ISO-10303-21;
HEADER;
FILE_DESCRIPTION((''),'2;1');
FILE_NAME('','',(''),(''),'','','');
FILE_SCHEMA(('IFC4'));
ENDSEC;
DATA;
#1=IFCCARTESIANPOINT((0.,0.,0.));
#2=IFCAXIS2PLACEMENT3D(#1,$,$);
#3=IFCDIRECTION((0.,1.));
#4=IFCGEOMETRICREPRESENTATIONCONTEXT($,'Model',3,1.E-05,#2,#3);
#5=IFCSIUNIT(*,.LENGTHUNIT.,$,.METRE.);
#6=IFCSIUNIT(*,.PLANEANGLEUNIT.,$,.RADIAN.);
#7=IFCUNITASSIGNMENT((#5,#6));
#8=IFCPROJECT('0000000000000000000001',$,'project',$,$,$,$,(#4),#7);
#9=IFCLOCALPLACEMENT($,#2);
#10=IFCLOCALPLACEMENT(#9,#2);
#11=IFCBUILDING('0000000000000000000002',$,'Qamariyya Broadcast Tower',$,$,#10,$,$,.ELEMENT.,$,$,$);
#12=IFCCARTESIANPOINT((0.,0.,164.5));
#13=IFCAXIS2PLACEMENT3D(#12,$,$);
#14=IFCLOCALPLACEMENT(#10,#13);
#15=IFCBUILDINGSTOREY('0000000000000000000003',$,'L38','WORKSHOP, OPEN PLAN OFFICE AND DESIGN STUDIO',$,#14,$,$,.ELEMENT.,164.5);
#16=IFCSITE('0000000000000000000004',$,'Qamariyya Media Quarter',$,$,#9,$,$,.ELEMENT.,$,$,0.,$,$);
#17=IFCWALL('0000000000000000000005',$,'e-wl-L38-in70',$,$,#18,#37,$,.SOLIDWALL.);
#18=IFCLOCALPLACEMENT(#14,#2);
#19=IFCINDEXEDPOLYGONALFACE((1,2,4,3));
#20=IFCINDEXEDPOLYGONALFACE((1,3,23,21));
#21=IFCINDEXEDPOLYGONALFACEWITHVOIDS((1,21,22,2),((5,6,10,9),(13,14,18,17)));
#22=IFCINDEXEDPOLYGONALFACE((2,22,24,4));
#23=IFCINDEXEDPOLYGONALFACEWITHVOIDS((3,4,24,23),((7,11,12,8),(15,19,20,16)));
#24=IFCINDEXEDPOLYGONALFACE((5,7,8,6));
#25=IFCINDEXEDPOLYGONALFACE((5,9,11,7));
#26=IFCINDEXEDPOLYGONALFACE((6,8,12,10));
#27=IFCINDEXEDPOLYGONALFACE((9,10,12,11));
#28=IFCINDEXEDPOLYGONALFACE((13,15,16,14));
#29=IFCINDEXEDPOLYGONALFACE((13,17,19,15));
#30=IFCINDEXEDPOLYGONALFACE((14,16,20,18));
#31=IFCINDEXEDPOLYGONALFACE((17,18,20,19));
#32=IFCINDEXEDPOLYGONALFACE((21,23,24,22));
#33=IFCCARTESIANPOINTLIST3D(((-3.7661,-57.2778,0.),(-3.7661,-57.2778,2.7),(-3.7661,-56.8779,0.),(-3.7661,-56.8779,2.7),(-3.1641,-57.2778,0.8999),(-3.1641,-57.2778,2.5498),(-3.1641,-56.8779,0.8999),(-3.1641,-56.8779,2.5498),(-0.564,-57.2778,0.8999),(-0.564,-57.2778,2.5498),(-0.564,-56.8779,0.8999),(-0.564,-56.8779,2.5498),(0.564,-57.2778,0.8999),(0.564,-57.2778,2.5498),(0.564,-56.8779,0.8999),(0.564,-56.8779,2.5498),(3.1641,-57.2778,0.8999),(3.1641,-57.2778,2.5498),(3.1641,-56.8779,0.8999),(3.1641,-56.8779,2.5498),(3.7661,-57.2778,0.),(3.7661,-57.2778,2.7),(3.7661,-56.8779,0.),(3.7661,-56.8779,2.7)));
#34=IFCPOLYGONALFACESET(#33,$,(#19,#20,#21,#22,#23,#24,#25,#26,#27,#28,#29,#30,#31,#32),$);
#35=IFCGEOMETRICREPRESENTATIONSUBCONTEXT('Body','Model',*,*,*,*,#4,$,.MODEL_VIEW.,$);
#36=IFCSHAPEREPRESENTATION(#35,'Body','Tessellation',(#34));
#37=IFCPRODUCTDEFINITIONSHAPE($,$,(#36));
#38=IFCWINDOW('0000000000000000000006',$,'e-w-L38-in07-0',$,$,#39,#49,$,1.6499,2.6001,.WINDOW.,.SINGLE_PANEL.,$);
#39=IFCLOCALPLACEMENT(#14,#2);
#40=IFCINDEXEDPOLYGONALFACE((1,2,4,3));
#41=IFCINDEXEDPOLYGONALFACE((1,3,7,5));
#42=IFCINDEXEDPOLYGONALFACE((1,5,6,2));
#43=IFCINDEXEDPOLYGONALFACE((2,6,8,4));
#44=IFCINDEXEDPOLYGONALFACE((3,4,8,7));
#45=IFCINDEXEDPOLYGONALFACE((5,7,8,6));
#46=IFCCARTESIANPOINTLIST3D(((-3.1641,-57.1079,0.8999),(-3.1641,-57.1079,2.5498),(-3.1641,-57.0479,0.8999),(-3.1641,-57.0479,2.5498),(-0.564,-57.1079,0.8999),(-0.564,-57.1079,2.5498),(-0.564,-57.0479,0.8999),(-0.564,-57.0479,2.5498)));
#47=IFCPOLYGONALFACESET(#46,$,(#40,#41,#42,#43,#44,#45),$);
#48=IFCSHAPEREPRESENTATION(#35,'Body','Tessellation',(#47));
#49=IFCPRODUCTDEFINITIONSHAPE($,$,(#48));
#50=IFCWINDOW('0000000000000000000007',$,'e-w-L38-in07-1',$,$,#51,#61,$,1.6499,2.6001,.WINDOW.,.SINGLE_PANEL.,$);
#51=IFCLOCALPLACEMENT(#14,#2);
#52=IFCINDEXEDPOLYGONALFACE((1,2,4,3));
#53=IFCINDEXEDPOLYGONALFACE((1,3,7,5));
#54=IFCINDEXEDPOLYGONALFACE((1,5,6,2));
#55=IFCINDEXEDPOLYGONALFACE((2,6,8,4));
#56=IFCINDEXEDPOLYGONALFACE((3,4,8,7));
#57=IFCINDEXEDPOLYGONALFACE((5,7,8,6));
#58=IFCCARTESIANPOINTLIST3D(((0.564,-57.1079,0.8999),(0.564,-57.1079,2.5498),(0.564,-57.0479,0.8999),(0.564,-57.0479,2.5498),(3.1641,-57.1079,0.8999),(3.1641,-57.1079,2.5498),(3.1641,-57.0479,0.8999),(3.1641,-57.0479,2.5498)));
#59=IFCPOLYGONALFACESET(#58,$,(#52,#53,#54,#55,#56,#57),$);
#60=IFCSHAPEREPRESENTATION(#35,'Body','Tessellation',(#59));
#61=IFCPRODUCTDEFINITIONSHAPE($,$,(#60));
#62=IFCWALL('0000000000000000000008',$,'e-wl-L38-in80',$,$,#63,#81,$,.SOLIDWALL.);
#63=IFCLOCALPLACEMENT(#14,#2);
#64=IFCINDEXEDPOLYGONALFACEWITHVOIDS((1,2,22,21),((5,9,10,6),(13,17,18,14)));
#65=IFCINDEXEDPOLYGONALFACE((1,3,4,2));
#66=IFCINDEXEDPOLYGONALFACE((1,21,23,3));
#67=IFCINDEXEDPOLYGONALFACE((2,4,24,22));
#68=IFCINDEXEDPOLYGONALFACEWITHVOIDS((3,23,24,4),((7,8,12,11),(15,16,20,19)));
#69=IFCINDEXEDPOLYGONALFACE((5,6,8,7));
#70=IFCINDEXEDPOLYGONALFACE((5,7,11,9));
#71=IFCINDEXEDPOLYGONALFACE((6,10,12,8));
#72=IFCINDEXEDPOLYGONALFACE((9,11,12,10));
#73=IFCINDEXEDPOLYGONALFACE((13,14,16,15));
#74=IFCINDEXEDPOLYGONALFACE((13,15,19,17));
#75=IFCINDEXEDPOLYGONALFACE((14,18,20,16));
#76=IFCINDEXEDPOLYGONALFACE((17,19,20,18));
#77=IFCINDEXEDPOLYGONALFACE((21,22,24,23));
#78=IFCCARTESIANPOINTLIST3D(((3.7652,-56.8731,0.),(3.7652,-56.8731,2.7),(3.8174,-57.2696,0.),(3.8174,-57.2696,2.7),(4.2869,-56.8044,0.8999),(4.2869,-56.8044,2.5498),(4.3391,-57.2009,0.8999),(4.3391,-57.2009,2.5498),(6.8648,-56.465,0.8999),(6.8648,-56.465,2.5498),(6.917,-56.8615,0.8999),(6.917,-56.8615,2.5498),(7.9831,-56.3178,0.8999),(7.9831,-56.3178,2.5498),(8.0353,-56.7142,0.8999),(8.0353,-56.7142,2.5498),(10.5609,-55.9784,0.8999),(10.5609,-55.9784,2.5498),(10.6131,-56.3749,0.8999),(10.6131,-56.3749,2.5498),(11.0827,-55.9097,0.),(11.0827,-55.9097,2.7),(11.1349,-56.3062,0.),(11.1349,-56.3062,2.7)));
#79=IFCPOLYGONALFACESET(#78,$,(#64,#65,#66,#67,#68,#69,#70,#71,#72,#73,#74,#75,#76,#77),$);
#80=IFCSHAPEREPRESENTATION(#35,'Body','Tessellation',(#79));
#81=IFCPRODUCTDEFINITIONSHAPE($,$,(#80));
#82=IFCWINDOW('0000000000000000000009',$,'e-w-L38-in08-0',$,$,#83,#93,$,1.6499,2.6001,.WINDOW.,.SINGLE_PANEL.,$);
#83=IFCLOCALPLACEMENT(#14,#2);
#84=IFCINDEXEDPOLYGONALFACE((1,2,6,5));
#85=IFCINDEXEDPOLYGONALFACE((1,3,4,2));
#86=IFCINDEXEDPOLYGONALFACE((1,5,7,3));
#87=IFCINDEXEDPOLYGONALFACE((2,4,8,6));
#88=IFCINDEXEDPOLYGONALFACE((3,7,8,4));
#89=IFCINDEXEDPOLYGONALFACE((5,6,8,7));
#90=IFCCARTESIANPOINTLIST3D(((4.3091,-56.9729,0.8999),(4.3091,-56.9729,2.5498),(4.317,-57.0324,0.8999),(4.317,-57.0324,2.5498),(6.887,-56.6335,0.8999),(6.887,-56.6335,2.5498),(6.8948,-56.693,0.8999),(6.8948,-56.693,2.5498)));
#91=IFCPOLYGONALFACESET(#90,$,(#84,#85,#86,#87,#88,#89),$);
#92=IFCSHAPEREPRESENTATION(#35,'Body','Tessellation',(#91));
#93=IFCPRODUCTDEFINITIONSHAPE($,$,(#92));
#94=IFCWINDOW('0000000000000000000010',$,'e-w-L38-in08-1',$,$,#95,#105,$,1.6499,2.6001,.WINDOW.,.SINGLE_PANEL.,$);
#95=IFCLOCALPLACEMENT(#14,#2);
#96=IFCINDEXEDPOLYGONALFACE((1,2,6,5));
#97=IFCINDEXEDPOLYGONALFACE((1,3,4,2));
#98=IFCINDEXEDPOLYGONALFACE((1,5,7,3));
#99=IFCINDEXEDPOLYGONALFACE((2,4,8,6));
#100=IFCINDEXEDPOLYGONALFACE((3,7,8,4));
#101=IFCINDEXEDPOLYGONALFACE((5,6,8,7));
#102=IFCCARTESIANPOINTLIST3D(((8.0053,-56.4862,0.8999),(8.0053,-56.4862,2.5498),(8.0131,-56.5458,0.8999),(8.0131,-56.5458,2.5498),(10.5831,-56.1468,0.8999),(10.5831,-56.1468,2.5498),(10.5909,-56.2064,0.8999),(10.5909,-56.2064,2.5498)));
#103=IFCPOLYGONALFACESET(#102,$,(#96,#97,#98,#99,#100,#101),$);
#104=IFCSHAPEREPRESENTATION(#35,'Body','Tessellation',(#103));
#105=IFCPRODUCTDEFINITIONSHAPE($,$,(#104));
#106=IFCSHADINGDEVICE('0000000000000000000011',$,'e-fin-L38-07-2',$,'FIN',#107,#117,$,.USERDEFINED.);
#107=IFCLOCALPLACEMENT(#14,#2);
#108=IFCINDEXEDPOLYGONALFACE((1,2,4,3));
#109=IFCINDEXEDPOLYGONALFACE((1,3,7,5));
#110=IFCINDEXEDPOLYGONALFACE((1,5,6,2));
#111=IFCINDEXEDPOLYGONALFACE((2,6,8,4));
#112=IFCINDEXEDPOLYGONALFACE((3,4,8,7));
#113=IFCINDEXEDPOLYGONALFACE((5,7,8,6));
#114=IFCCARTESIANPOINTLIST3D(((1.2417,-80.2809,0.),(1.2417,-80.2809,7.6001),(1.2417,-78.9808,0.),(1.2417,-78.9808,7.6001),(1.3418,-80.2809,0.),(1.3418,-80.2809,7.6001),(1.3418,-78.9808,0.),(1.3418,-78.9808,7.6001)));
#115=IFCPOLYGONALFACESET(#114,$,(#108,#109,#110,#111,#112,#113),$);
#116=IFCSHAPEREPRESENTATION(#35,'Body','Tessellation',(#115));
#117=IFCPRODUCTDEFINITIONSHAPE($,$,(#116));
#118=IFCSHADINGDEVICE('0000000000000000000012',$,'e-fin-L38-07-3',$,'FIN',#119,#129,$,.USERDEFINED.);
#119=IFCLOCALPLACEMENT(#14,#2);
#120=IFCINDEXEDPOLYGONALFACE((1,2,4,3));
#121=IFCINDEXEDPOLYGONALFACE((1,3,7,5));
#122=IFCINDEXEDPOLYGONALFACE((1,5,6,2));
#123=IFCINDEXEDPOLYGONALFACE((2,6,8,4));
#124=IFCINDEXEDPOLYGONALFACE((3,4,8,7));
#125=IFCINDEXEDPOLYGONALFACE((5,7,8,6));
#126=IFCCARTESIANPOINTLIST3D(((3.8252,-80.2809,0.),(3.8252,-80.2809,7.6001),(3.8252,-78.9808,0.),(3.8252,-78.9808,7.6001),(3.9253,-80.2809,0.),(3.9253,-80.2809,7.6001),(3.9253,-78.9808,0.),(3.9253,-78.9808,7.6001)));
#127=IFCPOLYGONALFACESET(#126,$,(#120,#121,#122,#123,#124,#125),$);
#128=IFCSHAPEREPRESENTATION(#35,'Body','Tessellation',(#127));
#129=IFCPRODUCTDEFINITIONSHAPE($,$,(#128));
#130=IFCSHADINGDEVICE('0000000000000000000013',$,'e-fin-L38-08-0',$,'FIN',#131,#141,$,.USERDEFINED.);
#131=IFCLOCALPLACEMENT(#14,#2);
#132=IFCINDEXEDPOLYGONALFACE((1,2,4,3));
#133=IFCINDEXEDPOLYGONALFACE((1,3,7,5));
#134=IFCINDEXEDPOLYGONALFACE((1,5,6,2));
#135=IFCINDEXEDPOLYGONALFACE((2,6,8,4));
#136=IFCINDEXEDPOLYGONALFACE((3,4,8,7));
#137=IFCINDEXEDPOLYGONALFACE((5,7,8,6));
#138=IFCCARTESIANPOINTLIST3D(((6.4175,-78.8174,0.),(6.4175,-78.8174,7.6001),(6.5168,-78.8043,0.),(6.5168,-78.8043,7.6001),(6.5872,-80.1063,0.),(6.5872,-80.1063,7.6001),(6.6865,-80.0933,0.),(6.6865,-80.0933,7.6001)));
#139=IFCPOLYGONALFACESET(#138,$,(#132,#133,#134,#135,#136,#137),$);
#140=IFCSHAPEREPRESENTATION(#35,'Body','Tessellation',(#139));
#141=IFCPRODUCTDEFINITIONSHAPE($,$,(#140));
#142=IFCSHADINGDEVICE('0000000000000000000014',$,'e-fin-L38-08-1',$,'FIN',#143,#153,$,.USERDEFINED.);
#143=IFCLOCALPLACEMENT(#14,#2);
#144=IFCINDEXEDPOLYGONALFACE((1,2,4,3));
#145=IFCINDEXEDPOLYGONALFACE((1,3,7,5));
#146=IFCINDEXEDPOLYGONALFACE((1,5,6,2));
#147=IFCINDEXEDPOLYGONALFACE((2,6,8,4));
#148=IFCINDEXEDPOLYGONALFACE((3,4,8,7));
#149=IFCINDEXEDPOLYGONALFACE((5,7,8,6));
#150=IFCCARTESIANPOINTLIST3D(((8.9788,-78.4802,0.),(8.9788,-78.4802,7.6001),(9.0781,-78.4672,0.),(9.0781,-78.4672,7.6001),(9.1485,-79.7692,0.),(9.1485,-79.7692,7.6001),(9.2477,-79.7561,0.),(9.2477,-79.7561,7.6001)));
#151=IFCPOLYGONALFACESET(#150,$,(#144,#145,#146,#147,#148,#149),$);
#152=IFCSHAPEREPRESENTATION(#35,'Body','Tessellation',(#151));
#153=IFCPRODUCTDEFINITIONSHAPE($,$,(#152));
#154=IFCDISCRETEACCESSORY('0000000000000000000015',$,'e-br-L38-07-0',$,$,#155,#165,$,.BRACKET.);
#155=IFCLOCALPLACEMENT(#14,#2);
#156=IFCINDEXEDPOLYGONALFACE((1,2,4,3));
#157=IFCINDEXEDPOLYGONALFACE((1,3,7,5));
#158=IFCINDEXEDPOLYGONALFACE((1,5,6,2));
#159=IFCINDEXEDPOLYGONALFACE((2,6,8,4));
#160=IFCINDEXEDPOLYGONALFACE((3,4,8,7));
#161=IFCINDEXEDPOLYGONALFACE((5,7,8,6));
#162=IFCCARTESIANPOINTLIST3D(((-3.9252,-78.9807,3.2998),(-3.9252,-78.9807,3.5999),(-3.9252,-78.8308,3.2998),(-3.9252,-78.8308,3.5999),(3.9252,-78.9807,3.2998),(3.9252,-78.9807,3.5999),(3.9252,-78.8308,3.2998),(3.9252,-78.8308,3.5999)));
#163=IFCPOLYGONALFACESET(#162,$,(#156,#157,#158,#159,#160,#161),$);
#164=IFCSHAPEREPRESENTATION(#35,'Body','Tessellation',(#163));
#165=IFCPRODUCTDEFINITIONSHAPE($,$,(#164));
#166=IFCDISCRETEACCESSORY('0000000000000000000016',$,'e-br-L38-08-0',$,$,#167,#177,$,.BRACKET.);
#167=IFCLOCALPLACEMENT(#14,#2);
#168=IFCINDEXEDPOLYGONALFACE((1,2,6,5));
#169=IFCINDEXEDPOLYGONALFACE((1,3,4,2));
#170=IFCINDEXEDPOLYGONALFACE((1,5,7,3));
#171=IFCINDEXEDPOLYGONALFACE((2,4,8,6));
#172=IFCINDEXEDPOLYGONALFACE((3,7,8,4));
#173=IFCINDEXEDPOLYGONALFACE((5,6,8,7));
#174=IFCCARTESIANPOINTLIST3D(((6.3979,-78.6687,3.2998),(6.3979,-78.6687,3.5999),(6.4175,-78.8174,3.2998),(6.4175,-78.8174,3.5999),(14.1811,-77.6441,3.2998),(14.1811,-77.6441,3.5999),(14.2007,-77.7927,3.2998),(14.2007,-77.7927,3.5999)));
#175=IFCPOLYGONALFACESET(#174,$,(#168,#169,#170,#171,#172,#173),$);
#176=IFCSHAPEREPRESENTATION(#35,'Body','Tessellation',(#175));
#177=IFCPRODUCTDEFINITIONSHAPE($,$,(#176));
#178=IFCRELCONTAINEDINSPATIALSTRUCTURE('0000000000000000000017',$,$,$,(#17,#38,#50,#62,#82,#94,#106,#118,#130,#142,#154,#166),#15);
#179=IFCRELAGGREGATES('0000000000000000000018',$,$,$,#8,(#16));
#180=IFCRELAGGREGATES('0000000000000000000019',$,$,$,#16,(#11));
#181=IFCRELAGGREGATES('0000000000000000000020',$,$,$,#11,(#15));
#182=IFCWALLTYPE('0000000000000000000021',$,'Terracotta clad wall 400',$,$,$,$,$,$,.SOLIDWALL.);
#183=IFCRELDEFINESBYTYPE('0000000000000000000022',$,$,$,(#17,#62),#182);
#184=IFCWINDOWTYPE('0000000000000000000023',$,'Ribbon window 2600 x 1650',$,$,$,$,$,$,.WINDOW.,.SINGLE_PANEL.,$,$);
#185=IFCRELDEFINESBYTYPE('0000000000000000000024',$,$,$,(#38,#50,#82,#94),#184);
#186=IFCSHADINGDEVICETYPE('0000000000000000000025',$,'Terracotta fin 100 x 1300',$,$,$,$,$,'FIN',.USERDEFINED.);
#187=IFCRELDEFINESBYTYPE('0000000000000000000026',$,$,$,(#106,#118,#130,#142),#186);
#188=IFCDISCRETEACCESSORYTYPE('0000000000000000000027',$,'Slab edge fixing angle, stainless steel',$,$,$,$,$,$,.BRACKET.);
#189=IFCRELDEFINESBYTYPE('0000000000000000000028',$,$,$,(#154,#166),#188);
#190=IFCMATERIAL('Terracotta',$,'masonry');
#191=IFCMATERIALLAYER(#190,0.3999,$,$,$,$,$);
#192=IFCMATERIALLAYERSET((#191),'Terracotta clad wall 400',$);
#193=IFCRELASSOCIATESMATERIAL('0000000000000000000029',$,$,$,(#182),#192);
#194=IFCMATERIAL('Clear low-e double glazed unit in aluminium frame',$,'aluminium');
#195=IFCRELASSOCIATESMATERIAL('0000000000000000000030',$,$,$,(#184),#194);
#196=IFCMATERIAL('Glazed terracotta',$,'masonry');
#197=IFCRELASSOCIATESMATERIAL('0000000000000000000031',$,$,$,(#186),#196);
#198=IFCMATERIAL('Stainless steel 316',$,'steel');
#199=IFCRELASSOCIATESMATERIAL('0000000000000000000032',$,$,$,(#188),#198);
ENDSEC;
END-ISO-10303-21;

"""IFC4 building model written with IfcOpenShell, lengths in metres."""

from ifc_helpers import new_model, si_unit, direction, frame, frame_2d, origin, origin_2d, place, context, subcontext, project, spatial, rectangle, extrude, material, layer, layer_set, material_profile, profile_set, type_object, element, fill, save


model = new_model("IFC4")

# Units and contexts
model_context = context("Model", 3, precision=1e-05, world=origin(), true_north=direction((0.0, 1.0)))
body_context = subcontext(model_context, "Body", "Model", "MODEL_VIEW")
ifc_project = project(units=[si_unit("LENGTHUNIT", "METRE"), si_unit("PLANEANGLEUNIT", "RADIAN")], contexts=[model_context])

# Site, building, storey
site_placement = place(None, origin())
site = spatial("IfcSite", under=ifc_project, at=site_placement, Name="Qamariyya Media Quarter", CompositionType="ELEMENT", RefElevation=0.0)
building_placement = place(site_placement, origin())
building = spatial("IfcBuilding", under=site, at=building_placement, Name="Qamariyya Broadcast Tower", CompositionType="ELEMENT")
storey_placement = place(building_placement, frame((0.0, 0.0, 164.5)))
storey = spatial("IfcBuildingStorey", under=building, at=storey_placement, Name="L38", Description="WORKSHOP, OPEN PLAN OFFICE AND DESIGN STUDIO", CompositionType="ELEMENT", Elevation=164.5)

# Walls, openings, windows
ifc_material_1 = material(Name="Terracotta", Category="masonry")
ifc_layer_1 = layer(ifc_material_1, 0.3999)
ifc_layer_set_1 = layer_set([ifc_layer_1], Name="Terracotta clad wall 400")
wall_type_1 = type_object("IfcWallType", Name="Terracotta clad wall 400", PredefinedType="SOLIDWALL", material=ifc_layer_set_1)
wall_1_placement = place(storey_placement, frame((3.7661, -57.0779, 0.0), z_axis=(0.0, 0.0, 1.0), x_axis=(-1.0, 0.0, 0.0)))
wall_1 = element("IfcWall", 1, at=wall_1_placement, inside=storey, type_object=wall_type_1, Name="e-wl-L38-in70", PredefinedType="SOLIDWALL", context=body_context, shape_type="SweptSolid", body=[
    extrude(rectangle(XDim=7.5322, YDim=0.3999, at=frame_2d((3.7661, 0.0))), origin(), (0.0, 0.0, 1.0), 2.7),
])
opening_1_placement = place(wall_1_placement, frame((4.3301, 0.0, 0.8999)))
opening_1 = element("IfcOpeningElement", 2, at=opening_1_placement, cuts=wall_1, PredefinedType="OPENING", context=body_context, shape_type="SweptSolid", body=[
    extrude(rectangle(XDim=2.6001, YDim=1.6499, at=frame_2d((1.3, 0.825))), frame((0.0, 0.21, 0.0), z_axis=(0.0, -1.0, 0.0), x_axis=(1.0, 0.0, 0.0)), (0.0, 0.0, 1.0), 0.4199),
])
opening_2_placement = place(wall_1_placement, frame((0.6021, 0.0, 0.8999)))
opening_2 = element("IfcOpeningElement", 3, at=opening_2_placement, cuts=wall_1, PredefinedType="OPENING", context=body_context, shape_type="SweptSolid", body=[
    extrude(rectangle(XDim=2.6001, YDim=1.6499, at=frame_2d((1.3, 0.825))), frame((0.0, 0.21, 0.0), z_axis=(0.0, -1.0, 0.0), x_axis=(1.0, 0.0, 0.0)), (0.0, 0.0, 1.0), 0.4199),
])
ifc_material_2 = material(Name="Clear low-e double glazed unit in aluminium frame", Category="aluminium")
window_type = type_object("IfcWindowType", Name="Ribbon window 2600 x 1650", PartitioningType="SINGLE_PANEL", PredefinedType="WINDOW", material=ifc_material_2)
window_1_placement = place(opening_1_placement, origin())
window_1 = element("IfcWindow", 4, at=window_1_placement, inside=storey, type_object=window_type, Name="e-w-L38-in07-0", OverallHeight=1.6499, OverallWidth=2.6001, PartitioningType="SINGLE_PANEL", PredefinedType="WINDOW", context=body_context, shape_type="SweptSolid", body=[
    extrude(rectangle(XDim=2.6001, YDim=1.6499, at=frame_2d((1.3, 0.825))), frame((0.0, 0.03, 0.0), z_axis=(0.0, -1.0, 0.0), x_axis=(1.0, 0.0, 0.0)), (0.0, 0.0, 1.0), 0.0601),
])
fill(opening_1, window_1)
window_2_placement = place(opening_2_placement, origin())
window_2 = element("IfcWindow", 5, at=window_2_placement, inside=storey, type_object=window_type, Name="e-w-L38-in07-1", OverallHeight=1.6499, OverallWidth=2.6001, PartitioningType="SINGLE_PANEL", PredefinedType="WINDOW", context=body_context, shape_type="SweptSolid", body=[
    extrude(rectangle(XDim=2.6001, YDim=1.6499, at=frame_2d((1.3, 0.825))), frame((0.0, 0.03, 0.0), z_axis=(0.0, -1.0, 0.0), x_axis=(1.0, 0.0, 0.0)), (0.0, 0.0, 1.0), 0.0601),
])
fill(opening_2, window_2)
wall_2_placement = place(storey_placement, frame((11.1089, -56.1079, 0.0), z_axis=(0.0, 0.0, 1.0), x_axis=(-0.991444, -0.13053, 0.0)))
wall_2 = element("IfcWall", 6, at=wall_2_placement, inside=storey, type_object=wall_type_1, Name="e-wl-L38-in80", PredefinedType="SOLIDWALL", context=body_context, shape_type="SweptSolid", body=[
    extrude(rectangle(XDim=7.3806, YDim=0.3999, at=frame_2d((3.6904, 0.0))), origin(), (0.0, 0.0, 1.0), 2.7),
])
opening_3_placement = place(wall_2_placement, frame((4.2544, 0.0, 0.8999)))
opening_3 = element("IfcOpeningElement", 7, at=opening_3_placement, cuts=wall_2, PredefinedType="OPENING", context=body_context, shape_type="SweptSolid", body=[
    extrude(rectangle(XDim=2.6001, YDim=1.6499, at=frame_2d((1.3, 0.825))), frame((0.0, 0.21, 0.0), z_axis=(0.0, -1.0, 0.0), x_axis=(1.0, 0.0, 0.0)), (0.0, 0.0, 1.0), 0.4199),
])
opening_4_placement = place(wall_2_placement, frame((0.5264, 0.0, 0.8999)))
opening_4 = element("IfcOpeningElement", 8, at=opening_4_placement, cuts=wall_2, PredefinedType="OPENING", context=body_context, shape_type="SweptSolid", body=[
    extrude(rectangle(XDim=2.6001, YDim=1.6499, at=frame_2d((1.3, 0.825))), frame((0.0, 0.21, 0.0), z_axis=(0.0, -1.0, 0.0), x_axis=(1.0, 0.0, 0.0)), (0.0, 0.0, 1.0), 0.4199),
])
window_3_placement = place(opening_3_placement, origin())
window_3 = element("IfcWindow", 9, at=window_3_placement, inside=storey, type_object=window_type, Name="e-w-L38-in08-0", OverallHeight=1.6499, OverallWidth=2.6001, PartitioningType="SINGLE_PANEL", PredefinedType="WINDOW", context=body_context, shape_type="SweptSolid", body=[
    extrude(rectangle(XDim=2.6001, YDim=1.6499, at=frame_2d((1.3, 0.825))), frame((0.0, 0.03, 0.0), z_axis=(0.0, -1.0, 0.0), x_axis=(1.0, 0.0, 0.0)), (0.0, 0.0, 1.0), 0.0601),
])
fill(opening_3, window_3)
window_4_placement = place(opening_4_placement, origin())
window_4 = element("IfcWindow", 10, at=window_4_placement, inside=storey, type_object=window_type, Name="e-w-L38-in08-1", OverallHeight=1.6499, OverallWidth=2.6001, PartitioningType="SINGLE_PANEL", PredefinedType="WINDOW", context=body_context, shape_type="SweptSolid", body=[
    extrude(rectangle(XDim=2.6001, YDim=1.6499, at=frame_2d((1.3, 0.825))), frame((0.0, 0.03, 0.0), z_axis=(0.0, -1.0, 0.0), x_axis=(1.0, 0.0, 0.0)), (0.0, 0.0, 1.0), 0.0601),
])
fill(opening_4, window_4)

# Shading devices
ifc_material_3 = material(Name="Glazed terracotta", Category="masonry")
ifc_material_profile_1 = material_profile(ifc_material_3, rectangle(XDim=1.3, YDim=0.1001, at=origin_2d()))
ifc_profile_set_1 = profile_set([ifc_material_profile_1], Name="Glazed terracotta")
shading_device_type_1 = type_object("IfcShadingDeviceType", Name="Terracotta fin 100 x 1300", ElementType="FIN", PredefinedType="USERDEFINED", material=ifc_profile_set_1)
for number, where, z_axis, x_axis, name in (
    (11, (1.2917, -79.6309, 0.0), (0.0, 0.0, 1.0), (0.0, -1.0, 0.0), "e-fin-L38-07-2"),
    (12, (3.8752, -79.6309, 0.0), (0.0, 0.0, 1.0), (0.0, -1.0, 0.0), "e-fin-L38-07-3"),
    (13, (6.552, -79.4553, 0.0), (0.0, 0.0, 1.0), (0.130526, -0.991445, 0.0), "e-fin-L38-08-0"),
    (14, (9.1133, -79.1182, 0.0), (0.0, 0.0, 1.0), (0.130526, -0.991445, 0.0), "e-fin-L38-08-1"),
):
    element("IfcShadingDevice", number, at=place(storey_placement, frame(where, z_axis=z_axis, x_axis=x_axis)), inside=storey, type_object=shading_device_type_1, Name=name, ObjectType="FIN", PredefinedType="USERDEFINED", context=body_context, shape_type="SweptSolid", body=[
        extrude(rectangle(XDim=1.3, YDim=0.1001, at=origin_2d()), origin(), (0.0, 0.0, 1.0), 7.6001),
    ])

# Discrete accessories
ifc_material_4 = material(Name="Stainless steel 316", Category="steel")
discrete_accessory_type = type_object("IfcDiscreteAccessoryType", Name="Slab edge fixing angle, stainless steel", PredefinedType="BRACKET", material=ifc_material_4)
for number, where, z_axis, x_axis, name in (
    (15, (0.0, -78.9058, 3.2998), (0.0, 0.0, 1.0), (1.0, 0.0, 0.0), "e-br-L38-07-0"),
    (16, (10.2993, -78.2307, 3.2998), (0.0, 0.0, 1.0), (0.991445, 0.130526, 0.0), "e-br-L38-08-0"),
):
    element("IfcDiscreteAccessory", number, at=place(storey_placement, frame(where, z_axis=z_axis, x_axis=x_axis)), inside=storey, type_object=discrete_accessory_type, Name=name, PredefinedType="BRACKET", context=body_context, shape_type="SweptSolid", body=[
        extrude(rectangle(XDim=7.8503, YDim=0.1499, at=origin_2d()), origin(), (0.0, 0.0, 1.0), 0.3),
    ])

save(model, "model.ifc")
